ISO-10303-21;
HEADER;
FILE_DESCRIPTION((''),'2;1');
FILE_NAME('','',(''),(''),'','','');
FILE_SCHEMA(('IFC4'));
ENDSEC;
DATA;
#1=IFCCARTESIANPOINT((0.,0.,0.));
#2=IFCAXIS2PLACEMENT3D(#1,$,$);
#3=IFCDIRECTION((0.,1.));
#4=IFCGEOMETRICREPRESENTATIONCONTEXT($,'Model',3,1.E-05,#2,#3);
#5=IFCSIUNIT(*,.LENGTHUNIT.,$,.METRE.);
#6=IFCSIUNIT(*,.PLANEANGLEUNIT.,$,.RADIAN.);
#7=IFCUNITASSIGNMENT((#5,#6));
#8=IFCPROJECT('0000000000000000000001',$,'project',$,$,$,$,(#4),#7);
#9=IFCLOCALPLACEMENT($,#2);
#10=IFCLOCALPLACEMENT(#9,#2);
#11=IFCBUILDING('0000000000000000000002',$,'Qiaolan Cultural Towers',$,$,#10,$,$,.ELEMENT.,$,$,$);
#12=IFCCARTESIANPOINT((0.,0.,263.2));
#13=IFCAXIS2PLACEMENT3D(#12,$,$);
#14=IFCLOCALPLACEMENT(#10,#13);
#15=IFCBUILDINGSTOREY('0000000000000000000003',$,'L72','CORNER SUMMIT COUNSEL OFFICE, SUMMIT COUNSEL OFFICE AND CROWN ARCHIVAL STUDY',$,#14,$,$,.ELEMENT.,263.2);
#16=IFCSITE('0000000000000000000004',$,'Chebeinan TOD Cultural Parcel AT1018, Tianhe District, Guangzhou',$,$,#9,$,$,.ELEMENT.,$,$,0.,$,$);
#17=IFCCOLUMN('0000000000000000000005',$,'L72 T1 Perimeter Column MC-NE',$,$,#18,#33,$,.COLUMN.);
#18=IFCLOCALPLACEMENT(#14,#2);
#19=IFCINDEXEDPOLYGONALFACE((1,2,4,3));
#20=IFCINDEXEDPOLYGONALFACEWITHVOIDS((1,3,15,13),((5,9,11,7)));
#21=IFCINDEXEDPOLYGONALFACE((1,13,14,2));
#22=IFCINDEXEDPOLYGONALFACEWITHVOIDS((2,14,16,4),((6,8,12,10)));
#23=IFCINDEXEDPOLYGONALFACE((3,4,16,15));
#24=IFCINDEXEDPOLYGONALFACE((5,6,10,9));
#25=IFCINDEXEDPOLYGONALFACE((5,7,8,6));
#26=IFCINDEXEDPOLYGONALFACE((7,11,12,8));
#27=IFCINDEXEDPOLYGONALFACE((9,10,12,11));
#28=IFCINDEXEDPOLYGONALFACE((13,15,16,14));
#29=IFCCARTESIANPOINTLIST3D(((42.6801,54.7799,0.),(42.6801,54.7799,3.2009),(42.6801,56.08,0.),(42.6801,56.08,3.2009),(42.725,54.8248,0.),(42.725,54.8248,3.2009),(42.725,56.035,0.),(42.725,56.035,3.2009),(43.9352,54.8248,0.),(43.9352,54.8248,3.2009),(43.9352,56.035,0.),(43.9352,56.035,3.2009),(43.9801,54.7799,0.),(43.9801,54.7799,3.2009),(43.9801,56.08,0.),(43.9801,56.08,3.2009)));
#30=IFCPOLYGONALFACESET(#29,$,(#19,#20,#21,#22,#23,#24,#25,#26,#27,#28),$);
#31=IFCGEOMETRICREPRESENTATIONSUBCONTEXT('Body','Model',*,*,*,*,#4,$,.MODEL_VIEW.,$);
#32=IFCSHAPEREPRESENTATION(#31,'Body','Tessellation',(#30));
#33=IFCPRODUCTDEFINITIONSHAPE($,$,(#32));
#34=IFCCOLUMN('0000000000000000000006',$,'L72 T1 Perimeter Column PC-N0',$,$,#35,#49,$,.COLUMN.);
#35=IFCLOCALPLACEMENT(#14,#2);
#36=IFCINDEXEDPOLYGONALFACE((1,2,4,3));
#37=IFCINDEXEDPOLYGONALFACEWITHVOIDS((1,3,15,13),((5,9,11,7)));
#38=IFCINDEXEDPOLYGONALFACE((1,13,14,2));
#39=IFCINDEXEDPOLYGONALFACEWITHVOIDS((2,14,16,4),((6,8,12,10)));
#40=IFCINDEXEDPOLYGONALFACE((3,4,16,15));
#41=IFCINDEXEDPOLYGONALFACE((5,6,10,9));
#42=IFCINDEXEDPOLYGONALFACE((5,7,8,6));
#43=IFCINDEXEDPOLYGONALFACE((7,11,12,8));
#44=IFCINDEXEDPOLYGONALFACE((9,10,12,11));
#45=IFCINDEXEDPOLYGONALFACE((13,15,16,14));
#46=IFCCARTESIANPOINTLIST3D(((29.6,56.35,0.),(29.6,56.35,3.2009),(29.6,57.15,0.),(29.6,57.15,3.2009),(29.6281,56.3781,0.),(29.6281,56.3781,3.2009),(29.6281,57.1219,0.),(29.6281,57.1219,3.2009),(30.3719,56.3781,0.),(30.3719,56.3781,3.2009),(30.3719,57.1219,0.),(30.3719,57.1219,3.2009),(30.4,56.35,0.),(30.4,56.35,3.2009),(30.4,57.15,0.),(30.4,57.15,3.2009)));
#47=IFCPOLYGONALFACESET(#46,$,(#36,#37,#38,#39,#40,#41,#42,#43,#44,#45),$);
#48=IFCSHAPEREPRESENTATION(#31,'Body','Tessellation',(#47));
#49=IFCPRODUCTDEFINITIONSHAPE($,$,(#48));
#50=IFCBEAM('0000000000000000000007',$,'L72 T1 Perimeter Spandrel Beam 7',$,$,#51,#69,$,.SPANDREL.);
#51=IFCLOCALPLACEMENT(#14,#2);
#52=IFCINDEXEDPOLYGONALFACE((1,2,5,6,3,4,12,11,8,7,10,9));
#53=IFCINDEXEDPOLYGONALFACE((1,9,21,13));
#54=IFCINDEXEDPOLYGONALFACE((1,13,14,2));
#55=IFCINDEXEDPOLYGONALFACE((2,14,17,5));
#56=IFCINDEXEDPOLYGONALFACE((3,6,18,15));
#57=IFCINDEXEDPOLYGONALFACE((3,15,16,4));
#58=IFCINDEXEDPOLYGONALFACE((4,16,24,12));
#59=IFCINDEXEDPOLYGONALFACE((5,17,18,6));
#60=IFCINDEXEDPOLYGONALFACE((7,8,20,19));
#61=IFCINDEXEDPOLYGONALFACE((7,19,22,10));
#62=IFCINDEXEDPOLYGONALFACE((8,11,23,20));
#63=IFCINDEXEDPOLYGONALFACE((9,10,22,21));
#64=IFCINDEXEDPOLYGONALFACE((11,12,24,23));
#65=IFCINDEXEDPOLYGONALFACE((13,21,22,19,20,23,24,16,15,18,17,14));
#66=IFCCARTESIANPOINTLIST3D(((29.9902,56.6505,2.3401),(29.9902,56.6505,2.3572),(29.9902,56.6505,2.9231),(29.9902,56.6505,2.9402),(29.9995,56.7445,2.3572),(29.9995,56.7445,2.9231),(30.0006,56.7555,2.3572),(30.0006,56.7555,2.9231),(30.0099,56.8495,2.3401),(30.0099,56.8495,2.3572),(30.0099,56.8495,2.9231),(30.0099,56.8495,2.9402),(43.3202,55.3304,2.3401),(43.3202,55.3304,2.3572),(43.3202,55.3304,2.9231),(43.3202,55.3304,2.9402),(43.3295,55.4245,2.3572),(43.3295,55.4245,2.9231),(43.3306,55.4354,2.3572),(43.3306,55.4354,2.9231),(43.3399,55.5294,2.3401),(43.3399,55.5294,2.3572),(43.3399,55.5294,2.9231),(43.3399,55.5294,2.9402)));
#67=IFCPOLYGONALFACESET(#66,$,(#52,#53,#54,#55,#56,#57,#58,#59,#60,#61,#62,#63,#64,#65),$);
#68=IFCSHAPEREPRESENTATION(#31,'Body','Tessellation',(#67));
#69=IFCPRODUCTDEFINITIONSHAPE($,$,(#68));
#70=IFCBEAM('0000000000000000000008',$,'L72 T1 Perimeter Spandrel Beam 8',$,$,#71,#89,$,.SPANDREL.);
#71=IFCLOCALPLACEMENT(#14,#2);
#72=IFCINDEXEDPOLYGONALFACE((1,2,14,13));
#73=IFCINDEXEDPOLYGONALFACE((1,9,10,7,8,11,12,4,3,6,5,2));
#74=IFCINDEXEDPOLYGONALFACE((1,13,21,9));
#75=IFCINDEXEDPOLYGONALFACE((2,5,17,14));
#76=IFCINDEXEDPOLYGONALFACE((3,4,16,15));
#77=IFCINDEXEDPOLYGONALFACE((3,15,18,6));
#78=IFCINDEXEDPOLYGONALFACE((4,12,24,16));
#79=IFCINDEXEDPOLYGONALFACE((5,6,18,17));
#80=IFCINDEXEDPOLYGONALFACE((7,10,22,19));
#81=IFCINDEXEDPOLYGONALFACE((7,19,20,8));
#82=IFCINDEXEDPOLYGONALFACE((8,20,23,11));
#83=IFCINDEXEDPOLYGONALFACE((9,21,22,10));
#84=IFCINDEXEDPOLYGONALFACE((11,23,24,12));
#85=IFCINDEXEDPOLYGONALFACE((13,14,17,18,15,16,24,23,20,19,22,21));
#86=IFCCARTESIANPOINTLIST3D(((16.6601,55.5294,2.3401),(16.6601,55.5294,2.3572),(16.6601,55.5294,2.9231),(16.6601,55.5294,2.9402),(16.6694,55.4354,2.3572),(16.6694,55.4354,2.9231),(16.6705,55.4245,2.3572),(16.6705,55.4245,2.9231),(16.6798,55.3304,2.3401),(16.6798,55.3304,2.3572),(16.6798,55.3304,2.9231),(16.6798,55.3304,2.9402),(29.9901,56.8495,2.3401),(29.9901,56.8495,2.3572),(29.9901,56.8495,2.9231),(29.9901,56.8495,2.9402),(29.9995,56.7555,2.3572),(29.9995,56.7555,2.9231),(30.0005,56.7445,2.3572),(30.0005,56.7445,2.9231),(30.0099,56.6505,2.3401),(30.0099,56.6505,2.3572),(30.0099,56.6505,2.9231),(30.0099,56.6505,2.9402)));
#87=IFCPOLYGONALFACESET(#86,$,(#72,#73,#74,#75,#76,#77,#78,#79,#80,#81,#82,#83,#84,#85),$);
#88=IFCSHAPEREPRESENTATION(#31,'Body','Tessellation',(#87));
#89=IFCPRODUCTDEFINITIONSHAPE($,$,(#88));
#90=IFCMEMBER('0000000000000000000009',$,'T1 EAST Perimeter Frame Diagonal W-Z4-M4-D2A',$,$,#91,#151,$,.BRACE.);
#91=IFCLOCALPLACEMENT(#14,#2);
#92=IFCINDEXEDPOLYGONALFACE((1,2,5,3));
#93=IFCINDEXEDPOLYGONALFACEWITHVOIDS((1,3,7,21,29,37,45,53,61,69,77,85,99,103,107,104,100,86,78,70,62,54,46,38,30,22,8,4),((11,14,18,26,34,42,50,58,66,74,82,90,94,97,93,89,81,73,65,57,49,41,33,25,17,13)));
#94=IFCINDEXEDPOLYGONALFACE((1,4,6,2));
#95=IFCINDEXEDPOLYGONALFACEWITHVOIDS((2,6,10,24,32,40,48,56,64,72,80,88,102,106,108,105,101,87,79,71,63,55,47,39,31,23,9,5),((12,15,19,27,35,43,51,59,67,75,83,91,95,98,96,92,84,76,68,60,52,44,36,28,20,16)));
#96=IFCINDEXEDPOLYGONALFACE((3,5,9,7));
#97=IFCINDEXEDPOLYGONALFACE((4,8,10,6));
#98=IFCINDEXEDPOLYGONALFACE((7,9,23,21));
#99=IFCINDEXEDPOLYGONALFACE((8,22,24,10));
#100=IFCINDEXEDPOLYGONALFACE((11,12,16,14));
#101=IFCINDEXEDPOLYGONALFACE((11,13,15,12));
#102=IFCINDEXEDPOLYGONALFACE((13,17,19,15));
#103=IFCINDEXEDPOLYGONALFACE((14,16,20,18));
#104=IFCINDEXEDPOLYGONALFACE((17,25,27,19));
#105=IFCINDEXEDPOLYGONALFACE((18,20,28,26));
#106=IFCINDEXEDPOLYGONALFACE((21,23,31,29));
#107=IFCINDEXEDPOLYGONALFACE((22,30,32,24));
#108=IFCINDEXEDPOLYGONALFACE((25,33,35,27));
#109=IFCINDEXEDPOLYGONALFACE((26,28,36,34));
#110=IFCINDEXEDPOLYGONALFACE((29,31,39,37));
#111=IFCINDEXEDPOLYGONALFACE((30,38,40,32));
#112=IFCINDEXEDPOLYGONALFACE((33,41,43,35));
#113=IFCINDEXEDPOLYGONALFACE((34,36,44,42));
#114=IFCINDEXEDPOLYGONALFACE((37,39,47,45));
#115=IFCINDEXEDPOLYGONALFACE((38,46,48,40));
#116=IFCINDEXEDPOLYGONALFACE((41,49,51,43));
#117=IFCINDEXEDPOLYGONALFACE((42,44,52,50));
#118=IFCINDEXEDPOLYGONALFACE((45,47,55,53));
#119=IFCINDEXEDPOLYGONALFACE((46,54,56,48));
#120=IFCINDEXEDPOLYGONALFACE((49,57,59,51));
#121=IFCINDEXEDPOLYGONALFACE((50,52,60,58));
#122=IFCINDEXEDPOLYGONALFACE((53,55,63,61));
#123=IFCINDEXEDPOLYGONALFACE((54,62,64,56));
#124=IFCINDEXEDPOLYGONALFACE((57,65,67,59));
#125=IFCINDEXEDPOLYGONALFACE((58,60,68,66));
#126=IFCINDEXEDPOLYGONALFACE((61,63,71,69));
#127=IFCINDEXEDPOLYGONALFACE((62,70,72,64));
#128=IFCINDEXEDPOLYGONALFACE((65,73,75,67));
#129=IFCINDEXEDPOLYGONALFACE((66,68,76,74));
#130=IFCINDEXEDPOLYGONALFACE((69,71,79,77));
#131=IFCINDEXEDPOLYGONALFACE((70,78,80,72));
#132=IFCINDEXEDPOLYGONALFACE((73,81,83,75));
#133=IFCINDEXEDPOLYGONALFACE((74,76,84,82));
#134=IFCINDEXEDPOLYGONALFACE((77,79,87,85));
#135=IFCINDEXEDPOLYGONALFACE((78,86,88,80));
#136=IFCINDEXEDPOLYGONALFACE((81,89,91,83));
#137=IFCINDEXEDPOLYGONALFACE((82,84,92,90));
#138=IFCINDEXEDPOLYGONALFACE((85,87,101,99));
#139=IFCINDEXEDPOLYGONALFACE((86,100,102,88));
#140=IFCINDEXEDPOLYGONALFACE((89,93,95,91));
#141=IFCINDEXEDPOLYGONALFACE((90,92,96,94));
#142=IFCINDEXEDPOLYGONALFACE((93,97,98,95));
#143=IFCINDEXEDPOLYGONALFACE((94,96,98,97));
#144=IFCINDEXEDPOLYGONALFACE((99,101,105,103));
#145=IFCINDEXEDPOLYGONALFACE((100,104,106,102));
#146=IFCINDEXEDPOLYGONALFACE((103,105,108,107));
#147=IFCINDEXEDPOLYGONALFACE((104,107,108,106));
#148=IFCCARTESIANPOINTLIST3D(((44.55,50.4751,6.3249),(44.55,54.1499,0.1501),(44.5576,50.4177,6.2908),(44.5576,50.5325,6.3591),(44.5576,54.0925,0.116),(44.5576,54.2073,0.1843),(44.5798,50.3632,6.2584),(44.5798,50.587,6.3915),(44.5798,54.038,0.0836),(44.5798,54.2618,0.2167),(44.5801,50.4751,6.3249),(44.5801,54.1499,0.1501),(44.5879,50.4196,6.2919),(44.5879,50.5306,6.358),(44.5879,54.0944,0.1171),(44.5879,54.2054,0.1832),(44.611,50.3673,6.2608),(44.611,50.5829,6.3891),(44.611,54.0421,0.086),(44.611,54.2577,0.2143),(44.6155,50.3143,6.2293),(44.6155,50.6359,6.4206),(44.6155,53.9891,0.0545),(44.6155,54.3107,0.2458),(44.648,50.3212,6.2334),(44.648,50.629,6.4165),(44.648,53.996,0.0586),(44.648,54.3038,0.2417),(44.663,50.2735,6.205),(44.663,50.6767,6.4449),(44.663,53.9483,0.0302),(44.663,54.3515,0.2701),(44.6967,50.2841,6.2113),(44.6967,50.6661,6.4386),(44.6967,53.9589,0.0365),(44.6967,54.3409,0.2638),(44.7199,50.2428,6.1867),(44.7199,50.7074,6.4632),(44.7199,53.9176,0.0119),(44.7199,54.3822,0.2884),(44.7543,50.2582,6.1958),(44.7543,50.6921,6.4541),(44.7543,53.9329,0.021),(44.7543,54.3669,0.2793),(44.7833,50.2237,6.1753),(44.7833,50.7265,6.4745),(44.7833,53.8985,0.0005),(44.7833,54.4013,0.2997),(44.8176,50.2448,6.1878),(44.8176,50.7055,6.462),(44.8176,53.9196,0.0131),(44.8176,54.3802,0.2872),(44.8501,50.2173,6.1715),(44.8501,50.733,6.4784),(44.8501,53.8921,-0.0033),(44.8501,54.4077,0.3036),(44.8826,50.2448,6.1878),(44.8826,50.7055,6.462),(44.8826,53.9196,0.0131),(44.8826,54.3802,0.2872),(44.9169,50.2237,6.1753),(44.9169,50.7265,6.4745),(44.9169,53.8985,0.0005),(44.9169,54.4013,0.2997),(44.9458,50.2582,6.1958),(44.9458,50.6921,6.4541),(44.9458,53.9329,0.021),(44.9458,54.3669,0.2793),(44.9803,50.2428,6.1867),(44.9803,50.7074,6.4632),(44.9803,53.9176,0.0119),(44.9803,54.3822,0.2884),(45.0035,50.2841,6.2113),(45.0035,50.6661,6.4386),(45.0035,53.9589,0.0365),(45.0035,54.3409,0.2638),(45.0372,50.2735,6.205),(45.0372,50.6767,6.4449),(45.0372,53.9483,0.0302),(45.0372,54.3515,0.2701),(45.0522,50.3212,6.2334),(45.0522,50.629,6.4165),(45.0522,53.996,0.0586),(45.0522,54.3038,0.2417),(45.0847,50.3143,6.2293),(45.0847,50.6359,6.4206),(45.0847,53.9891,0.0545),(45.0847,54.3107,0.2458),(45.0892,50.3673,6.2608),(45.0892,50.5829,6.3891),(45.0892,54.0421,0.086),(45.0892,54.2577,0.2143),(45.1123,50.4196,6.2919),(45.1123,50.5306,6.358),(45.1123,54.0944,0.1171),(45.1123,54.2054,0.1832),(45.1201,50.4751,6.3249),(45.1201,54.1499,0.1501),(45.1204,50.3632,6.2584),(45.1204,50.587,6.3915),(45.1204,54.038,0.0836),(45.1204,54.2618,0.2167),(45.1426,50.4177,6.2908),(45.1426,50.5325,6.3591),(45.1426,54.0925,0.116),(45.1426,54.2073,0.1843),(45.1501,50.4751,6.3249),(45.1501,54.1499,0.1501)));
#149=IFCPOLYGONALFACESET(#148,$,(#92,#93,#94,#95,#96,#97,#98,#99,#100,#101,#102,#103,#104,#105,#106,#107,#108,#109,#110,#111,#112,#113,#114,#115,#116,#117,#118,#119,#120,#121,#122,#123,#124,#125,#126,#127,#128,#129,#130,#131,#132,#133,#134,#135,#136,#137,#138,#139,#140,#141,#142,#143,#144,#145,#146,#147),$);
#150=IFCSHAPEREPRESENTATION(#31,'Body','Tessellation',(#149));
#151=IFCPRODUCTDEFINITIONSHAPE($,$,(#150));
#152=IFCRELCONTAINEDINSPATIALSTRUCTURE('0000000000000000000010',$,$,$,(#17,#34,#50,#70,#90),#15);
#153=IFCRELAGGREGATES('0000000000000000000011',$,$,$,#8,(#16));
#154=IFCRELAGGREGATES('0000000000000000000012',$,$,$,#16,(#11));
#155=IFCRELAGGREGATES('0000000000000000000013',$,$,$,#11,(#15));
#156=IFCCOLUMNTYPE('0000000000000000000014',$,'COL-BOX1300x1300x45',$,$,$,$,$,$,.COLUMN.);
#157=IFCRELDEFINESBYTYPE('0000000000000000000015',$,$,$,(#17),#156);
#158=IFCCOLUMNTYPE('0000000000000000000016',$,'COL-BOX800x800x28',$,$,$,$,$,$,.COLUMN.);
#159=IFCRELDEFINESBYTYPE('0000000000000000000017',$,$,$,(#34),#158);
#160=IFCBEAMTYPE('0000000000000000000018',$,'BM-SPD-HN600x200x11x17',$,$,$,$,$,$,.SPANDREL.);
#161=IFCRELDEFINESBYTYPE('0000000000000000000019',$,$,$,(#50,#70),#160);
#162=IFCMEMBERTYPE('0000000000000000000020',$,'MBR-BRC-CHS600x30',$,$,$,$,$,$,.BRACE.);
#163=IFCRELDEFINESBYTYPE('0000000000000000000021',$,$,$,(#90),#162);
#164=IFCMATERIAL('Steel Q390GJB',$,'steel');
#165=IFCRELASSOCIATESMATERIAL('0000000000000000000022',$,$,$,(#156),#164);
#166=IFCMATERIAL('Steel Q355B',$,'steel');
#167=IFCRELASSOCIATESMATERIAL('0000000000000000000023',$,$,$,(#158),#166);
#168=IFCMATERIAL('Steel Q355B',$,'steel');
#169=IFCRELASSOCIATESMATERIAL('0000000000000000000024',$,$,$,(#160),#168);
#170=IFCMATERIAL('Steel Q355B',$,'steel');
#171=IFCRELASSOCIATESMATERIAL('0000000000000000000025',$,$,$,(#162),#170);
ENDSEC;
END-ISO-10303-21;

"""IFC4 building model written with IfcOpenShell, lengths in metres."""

from ifc_helpers import new_model, si_unit, direction, frame, origin, origin_2d, place, context, subcontext, project, spatial, hollow_rectangle, hollow_circle, i_section, extrude, material, material_profile, profile_set, type_object, element, save


model = new_model("IFC4")

# Units and contexts
model_context = context("Model", 3, precision=1e-05, world=origin(), true_north=direction((0.0, 1.0)))
body_context = subcontext(model_context, "Body", "Model", "MODEL_VIEW")
ifc_project = project(units=[si_unit("LENGTHUNIT", "METRE"), si_unit("PLANEANGLEUNIT", "RADIAN")], contexts=[model_context])

# Site, building, storey
site_placement = place(None, origin())
site = spatial("IfcSite", under=ifc_project, at=site_placement, Name="Chebeinan TOD Cultural Parcel AT1018, Tianhe District, Guangzhou", CompositionType="ELEMENT", RefElevation=0.0)
building_placement = place(site_placement, origin())
building = spatial("IfcBuilding", under=site, at=building_placement, Name="Qiaolan Cultural Towers", CompositionType="ELEMENT")
storey_placement = place(building_placement, frame((0.0, 0.0, 263.2)))
storey = spatial("IfcBuildingStorey", under=building, at=storey_placement, Name="L72", Description="CORNER SUMMIT COUNSEL OFFICE, SUMMIT COUNSEL OFFICE AND CROWN ARCHIVAL STUDY", CompositionType="ELEMENT", Elevation=263.2)

# Columns
ifc_material_1 = material(Name="Steel Q390GJB", Category="steel")
ifc_material_profile_1 = material_profile(ifc_material_1, hollow_rectangle(XDim=1.3, YDim=1.3, WallThickness=0.0449, at=origin_2d()), Name="BOX1300x1300x45")
ifc_profile_set_1 = profile_set([ifc_material_profile_1], Name="Steel Q390GJB")
column_type_1 = type_object("IfcColumnType", Name="COL-BOX1300x1300x45", PredefinedType="COLUMN", material=ifc_profile_set_1)
column_1_placement = place(storey_placement, frame((43.3301, 55.4299, 0.0), z_axis=(0.0, 0.0, 1.0), x_axis=(1.0, 0.0, 0.0)))
element("IfcColumn", 1, at=column_1_placement, inside=storey, type_object=column_type_1, Name="L72 T1 Perimeter Column MC-NE", PredefinedType="COLUMN", context=body_context, shape_type="SweptSolid", body=[
    extrude(hollow_rectangle(XDim=1.3, YDim=1.3, WallThickness=0.0449, at=origin_2d()), origin(), (0.0, 0.0, 1.0), 3.2009),
])
ifc_material_2 = material(Name="Steel Q355B", Category="steel")
ifc_material_profile_2 = material_profile(ifc_material_2, hollow_rectangle(XDim=0.8, YDim=0.8, WallThickness=0.0281, at=origin_2d()), Name="BOX800x800x28")
ifc_profile_set_2 = profile_set([ifc_material_profile_2], Name="Steel Q355B")
column_type_2 = type_object("IfcColumnType", Name="COL-BOX800x800x28", PredefinedType="COLUMN", material=ifc_profile_set_2)
column_2_placement = place(storey_placement, frame((30.0, 56.75, 0.0), z_axis=(0.0, 0.0, 1.0), x_axis=(1.0, 0.0, 0.0)))
element("IfcColumn", 2, at=column_2_placement, inside=storey, type_object=column_type_2, Name="L72 T1 Perimeter Column PC-N0", PredefinedType="COLUMN", context=body_context, shape_type="SweptSolid", body=[
    extrude(hollow_rectangle(XDim=0.8, YDim=0.8, WallThickness=0.0281, at=origin_2d()), origin(), (0.0, 0.0, 1.0), 3.2009),
])

# Beams
ifc_material_3 = material(Name="Steel Q355B", Category="steel")
ifc_material_profile_3 = material_profile(ifc_material_3, i_section(OverallWidth=0.2, OverallDepth=0.6001, WebThickness=0.011, FlangeThickness=0.0171, at=origin_2d()), Name="HN600x200x11x17")
ifc_profile_set_3 = profile_set([ifc_material_profile_3], Name="Steel Q355B")
beam_type = type_object("IfcBeamType", Name="BM-SPD-HN600x200x11x17", PredefinedType="SPANDREL", material=ifc_profile_set_3)
for number, where, z_axis, x_axis, name in (
    (3, (43.3301, 55.4299, 2.6401), (-0.995132, 0.098547, 0.0), (-0.098547, -0.995132, 0.0), "L72 T1 Perimeter Spandrel Beam 7"),
    (4, (30.0, 56.75, 2.6401), (-0.995132, -0.098547, 0.0), (0.098547, -0.995132, 0.0), "L72 T1 Perimeter Spandrel Beam 8"),
):
    element("IfcBeam", number, at=place(storey_placement, frame(where, z_axis=z_axis, x_axis=x_axis)), inside=storey, type_object=beam_type, Name=name, PredefinedType="SPANDREL", context=body_context, shape_type="SweptSolid", body=[
        extrude(i_section(OverallWidth=0.2, OverallDepth=0.6001, WebThickness=0.011, FlangeThickness=0.0171, at=origin_2d()), origin(), (0.0, 0.0, 1.0), 13.3953),
    ])

# Member
ifc_material_4 = material(Name="Steel Q355B", Category="steel")
ifc_material_profile_4 = material_profile(ifc_material_4, hollow_circle(Radius=0.3, WallThickness=0.03, at=origin_2d()), Name="CHS600x30")
ifc_profile_set_4 = profile_set([ifc_material_profile_4], Name="Steel Q355B")
member_type = type_object("IfcMemberType", Name="MBR-BRC-CHS600x30", PredefinedType="BRACE", material=ifc_profile_set_4)
member_1_placement = place(storey_placement, frame((44.8501, 54.1499, 0.1501), z_axis=(0.0, -0.511415, 0.859334), x_axis=(1.0, 0.0, 0.0)))
element("IfcMember", 5, at=member_1_placement, inside=storey, type_object=member_type, Name="T1 EAST Perimeter Frame Diagonal W-Z4-M4-D2A", PredefinedType="BRACE", context=body_context, shape_type="SweptSolid", body=[
    extrude(hollow_circle(Radius=0.3, WallThickness=0.03, at=origin_2d()), origin(), (0.0, 0.0, 1.0), 7.1855),
])

save(model, "model.ifc")
